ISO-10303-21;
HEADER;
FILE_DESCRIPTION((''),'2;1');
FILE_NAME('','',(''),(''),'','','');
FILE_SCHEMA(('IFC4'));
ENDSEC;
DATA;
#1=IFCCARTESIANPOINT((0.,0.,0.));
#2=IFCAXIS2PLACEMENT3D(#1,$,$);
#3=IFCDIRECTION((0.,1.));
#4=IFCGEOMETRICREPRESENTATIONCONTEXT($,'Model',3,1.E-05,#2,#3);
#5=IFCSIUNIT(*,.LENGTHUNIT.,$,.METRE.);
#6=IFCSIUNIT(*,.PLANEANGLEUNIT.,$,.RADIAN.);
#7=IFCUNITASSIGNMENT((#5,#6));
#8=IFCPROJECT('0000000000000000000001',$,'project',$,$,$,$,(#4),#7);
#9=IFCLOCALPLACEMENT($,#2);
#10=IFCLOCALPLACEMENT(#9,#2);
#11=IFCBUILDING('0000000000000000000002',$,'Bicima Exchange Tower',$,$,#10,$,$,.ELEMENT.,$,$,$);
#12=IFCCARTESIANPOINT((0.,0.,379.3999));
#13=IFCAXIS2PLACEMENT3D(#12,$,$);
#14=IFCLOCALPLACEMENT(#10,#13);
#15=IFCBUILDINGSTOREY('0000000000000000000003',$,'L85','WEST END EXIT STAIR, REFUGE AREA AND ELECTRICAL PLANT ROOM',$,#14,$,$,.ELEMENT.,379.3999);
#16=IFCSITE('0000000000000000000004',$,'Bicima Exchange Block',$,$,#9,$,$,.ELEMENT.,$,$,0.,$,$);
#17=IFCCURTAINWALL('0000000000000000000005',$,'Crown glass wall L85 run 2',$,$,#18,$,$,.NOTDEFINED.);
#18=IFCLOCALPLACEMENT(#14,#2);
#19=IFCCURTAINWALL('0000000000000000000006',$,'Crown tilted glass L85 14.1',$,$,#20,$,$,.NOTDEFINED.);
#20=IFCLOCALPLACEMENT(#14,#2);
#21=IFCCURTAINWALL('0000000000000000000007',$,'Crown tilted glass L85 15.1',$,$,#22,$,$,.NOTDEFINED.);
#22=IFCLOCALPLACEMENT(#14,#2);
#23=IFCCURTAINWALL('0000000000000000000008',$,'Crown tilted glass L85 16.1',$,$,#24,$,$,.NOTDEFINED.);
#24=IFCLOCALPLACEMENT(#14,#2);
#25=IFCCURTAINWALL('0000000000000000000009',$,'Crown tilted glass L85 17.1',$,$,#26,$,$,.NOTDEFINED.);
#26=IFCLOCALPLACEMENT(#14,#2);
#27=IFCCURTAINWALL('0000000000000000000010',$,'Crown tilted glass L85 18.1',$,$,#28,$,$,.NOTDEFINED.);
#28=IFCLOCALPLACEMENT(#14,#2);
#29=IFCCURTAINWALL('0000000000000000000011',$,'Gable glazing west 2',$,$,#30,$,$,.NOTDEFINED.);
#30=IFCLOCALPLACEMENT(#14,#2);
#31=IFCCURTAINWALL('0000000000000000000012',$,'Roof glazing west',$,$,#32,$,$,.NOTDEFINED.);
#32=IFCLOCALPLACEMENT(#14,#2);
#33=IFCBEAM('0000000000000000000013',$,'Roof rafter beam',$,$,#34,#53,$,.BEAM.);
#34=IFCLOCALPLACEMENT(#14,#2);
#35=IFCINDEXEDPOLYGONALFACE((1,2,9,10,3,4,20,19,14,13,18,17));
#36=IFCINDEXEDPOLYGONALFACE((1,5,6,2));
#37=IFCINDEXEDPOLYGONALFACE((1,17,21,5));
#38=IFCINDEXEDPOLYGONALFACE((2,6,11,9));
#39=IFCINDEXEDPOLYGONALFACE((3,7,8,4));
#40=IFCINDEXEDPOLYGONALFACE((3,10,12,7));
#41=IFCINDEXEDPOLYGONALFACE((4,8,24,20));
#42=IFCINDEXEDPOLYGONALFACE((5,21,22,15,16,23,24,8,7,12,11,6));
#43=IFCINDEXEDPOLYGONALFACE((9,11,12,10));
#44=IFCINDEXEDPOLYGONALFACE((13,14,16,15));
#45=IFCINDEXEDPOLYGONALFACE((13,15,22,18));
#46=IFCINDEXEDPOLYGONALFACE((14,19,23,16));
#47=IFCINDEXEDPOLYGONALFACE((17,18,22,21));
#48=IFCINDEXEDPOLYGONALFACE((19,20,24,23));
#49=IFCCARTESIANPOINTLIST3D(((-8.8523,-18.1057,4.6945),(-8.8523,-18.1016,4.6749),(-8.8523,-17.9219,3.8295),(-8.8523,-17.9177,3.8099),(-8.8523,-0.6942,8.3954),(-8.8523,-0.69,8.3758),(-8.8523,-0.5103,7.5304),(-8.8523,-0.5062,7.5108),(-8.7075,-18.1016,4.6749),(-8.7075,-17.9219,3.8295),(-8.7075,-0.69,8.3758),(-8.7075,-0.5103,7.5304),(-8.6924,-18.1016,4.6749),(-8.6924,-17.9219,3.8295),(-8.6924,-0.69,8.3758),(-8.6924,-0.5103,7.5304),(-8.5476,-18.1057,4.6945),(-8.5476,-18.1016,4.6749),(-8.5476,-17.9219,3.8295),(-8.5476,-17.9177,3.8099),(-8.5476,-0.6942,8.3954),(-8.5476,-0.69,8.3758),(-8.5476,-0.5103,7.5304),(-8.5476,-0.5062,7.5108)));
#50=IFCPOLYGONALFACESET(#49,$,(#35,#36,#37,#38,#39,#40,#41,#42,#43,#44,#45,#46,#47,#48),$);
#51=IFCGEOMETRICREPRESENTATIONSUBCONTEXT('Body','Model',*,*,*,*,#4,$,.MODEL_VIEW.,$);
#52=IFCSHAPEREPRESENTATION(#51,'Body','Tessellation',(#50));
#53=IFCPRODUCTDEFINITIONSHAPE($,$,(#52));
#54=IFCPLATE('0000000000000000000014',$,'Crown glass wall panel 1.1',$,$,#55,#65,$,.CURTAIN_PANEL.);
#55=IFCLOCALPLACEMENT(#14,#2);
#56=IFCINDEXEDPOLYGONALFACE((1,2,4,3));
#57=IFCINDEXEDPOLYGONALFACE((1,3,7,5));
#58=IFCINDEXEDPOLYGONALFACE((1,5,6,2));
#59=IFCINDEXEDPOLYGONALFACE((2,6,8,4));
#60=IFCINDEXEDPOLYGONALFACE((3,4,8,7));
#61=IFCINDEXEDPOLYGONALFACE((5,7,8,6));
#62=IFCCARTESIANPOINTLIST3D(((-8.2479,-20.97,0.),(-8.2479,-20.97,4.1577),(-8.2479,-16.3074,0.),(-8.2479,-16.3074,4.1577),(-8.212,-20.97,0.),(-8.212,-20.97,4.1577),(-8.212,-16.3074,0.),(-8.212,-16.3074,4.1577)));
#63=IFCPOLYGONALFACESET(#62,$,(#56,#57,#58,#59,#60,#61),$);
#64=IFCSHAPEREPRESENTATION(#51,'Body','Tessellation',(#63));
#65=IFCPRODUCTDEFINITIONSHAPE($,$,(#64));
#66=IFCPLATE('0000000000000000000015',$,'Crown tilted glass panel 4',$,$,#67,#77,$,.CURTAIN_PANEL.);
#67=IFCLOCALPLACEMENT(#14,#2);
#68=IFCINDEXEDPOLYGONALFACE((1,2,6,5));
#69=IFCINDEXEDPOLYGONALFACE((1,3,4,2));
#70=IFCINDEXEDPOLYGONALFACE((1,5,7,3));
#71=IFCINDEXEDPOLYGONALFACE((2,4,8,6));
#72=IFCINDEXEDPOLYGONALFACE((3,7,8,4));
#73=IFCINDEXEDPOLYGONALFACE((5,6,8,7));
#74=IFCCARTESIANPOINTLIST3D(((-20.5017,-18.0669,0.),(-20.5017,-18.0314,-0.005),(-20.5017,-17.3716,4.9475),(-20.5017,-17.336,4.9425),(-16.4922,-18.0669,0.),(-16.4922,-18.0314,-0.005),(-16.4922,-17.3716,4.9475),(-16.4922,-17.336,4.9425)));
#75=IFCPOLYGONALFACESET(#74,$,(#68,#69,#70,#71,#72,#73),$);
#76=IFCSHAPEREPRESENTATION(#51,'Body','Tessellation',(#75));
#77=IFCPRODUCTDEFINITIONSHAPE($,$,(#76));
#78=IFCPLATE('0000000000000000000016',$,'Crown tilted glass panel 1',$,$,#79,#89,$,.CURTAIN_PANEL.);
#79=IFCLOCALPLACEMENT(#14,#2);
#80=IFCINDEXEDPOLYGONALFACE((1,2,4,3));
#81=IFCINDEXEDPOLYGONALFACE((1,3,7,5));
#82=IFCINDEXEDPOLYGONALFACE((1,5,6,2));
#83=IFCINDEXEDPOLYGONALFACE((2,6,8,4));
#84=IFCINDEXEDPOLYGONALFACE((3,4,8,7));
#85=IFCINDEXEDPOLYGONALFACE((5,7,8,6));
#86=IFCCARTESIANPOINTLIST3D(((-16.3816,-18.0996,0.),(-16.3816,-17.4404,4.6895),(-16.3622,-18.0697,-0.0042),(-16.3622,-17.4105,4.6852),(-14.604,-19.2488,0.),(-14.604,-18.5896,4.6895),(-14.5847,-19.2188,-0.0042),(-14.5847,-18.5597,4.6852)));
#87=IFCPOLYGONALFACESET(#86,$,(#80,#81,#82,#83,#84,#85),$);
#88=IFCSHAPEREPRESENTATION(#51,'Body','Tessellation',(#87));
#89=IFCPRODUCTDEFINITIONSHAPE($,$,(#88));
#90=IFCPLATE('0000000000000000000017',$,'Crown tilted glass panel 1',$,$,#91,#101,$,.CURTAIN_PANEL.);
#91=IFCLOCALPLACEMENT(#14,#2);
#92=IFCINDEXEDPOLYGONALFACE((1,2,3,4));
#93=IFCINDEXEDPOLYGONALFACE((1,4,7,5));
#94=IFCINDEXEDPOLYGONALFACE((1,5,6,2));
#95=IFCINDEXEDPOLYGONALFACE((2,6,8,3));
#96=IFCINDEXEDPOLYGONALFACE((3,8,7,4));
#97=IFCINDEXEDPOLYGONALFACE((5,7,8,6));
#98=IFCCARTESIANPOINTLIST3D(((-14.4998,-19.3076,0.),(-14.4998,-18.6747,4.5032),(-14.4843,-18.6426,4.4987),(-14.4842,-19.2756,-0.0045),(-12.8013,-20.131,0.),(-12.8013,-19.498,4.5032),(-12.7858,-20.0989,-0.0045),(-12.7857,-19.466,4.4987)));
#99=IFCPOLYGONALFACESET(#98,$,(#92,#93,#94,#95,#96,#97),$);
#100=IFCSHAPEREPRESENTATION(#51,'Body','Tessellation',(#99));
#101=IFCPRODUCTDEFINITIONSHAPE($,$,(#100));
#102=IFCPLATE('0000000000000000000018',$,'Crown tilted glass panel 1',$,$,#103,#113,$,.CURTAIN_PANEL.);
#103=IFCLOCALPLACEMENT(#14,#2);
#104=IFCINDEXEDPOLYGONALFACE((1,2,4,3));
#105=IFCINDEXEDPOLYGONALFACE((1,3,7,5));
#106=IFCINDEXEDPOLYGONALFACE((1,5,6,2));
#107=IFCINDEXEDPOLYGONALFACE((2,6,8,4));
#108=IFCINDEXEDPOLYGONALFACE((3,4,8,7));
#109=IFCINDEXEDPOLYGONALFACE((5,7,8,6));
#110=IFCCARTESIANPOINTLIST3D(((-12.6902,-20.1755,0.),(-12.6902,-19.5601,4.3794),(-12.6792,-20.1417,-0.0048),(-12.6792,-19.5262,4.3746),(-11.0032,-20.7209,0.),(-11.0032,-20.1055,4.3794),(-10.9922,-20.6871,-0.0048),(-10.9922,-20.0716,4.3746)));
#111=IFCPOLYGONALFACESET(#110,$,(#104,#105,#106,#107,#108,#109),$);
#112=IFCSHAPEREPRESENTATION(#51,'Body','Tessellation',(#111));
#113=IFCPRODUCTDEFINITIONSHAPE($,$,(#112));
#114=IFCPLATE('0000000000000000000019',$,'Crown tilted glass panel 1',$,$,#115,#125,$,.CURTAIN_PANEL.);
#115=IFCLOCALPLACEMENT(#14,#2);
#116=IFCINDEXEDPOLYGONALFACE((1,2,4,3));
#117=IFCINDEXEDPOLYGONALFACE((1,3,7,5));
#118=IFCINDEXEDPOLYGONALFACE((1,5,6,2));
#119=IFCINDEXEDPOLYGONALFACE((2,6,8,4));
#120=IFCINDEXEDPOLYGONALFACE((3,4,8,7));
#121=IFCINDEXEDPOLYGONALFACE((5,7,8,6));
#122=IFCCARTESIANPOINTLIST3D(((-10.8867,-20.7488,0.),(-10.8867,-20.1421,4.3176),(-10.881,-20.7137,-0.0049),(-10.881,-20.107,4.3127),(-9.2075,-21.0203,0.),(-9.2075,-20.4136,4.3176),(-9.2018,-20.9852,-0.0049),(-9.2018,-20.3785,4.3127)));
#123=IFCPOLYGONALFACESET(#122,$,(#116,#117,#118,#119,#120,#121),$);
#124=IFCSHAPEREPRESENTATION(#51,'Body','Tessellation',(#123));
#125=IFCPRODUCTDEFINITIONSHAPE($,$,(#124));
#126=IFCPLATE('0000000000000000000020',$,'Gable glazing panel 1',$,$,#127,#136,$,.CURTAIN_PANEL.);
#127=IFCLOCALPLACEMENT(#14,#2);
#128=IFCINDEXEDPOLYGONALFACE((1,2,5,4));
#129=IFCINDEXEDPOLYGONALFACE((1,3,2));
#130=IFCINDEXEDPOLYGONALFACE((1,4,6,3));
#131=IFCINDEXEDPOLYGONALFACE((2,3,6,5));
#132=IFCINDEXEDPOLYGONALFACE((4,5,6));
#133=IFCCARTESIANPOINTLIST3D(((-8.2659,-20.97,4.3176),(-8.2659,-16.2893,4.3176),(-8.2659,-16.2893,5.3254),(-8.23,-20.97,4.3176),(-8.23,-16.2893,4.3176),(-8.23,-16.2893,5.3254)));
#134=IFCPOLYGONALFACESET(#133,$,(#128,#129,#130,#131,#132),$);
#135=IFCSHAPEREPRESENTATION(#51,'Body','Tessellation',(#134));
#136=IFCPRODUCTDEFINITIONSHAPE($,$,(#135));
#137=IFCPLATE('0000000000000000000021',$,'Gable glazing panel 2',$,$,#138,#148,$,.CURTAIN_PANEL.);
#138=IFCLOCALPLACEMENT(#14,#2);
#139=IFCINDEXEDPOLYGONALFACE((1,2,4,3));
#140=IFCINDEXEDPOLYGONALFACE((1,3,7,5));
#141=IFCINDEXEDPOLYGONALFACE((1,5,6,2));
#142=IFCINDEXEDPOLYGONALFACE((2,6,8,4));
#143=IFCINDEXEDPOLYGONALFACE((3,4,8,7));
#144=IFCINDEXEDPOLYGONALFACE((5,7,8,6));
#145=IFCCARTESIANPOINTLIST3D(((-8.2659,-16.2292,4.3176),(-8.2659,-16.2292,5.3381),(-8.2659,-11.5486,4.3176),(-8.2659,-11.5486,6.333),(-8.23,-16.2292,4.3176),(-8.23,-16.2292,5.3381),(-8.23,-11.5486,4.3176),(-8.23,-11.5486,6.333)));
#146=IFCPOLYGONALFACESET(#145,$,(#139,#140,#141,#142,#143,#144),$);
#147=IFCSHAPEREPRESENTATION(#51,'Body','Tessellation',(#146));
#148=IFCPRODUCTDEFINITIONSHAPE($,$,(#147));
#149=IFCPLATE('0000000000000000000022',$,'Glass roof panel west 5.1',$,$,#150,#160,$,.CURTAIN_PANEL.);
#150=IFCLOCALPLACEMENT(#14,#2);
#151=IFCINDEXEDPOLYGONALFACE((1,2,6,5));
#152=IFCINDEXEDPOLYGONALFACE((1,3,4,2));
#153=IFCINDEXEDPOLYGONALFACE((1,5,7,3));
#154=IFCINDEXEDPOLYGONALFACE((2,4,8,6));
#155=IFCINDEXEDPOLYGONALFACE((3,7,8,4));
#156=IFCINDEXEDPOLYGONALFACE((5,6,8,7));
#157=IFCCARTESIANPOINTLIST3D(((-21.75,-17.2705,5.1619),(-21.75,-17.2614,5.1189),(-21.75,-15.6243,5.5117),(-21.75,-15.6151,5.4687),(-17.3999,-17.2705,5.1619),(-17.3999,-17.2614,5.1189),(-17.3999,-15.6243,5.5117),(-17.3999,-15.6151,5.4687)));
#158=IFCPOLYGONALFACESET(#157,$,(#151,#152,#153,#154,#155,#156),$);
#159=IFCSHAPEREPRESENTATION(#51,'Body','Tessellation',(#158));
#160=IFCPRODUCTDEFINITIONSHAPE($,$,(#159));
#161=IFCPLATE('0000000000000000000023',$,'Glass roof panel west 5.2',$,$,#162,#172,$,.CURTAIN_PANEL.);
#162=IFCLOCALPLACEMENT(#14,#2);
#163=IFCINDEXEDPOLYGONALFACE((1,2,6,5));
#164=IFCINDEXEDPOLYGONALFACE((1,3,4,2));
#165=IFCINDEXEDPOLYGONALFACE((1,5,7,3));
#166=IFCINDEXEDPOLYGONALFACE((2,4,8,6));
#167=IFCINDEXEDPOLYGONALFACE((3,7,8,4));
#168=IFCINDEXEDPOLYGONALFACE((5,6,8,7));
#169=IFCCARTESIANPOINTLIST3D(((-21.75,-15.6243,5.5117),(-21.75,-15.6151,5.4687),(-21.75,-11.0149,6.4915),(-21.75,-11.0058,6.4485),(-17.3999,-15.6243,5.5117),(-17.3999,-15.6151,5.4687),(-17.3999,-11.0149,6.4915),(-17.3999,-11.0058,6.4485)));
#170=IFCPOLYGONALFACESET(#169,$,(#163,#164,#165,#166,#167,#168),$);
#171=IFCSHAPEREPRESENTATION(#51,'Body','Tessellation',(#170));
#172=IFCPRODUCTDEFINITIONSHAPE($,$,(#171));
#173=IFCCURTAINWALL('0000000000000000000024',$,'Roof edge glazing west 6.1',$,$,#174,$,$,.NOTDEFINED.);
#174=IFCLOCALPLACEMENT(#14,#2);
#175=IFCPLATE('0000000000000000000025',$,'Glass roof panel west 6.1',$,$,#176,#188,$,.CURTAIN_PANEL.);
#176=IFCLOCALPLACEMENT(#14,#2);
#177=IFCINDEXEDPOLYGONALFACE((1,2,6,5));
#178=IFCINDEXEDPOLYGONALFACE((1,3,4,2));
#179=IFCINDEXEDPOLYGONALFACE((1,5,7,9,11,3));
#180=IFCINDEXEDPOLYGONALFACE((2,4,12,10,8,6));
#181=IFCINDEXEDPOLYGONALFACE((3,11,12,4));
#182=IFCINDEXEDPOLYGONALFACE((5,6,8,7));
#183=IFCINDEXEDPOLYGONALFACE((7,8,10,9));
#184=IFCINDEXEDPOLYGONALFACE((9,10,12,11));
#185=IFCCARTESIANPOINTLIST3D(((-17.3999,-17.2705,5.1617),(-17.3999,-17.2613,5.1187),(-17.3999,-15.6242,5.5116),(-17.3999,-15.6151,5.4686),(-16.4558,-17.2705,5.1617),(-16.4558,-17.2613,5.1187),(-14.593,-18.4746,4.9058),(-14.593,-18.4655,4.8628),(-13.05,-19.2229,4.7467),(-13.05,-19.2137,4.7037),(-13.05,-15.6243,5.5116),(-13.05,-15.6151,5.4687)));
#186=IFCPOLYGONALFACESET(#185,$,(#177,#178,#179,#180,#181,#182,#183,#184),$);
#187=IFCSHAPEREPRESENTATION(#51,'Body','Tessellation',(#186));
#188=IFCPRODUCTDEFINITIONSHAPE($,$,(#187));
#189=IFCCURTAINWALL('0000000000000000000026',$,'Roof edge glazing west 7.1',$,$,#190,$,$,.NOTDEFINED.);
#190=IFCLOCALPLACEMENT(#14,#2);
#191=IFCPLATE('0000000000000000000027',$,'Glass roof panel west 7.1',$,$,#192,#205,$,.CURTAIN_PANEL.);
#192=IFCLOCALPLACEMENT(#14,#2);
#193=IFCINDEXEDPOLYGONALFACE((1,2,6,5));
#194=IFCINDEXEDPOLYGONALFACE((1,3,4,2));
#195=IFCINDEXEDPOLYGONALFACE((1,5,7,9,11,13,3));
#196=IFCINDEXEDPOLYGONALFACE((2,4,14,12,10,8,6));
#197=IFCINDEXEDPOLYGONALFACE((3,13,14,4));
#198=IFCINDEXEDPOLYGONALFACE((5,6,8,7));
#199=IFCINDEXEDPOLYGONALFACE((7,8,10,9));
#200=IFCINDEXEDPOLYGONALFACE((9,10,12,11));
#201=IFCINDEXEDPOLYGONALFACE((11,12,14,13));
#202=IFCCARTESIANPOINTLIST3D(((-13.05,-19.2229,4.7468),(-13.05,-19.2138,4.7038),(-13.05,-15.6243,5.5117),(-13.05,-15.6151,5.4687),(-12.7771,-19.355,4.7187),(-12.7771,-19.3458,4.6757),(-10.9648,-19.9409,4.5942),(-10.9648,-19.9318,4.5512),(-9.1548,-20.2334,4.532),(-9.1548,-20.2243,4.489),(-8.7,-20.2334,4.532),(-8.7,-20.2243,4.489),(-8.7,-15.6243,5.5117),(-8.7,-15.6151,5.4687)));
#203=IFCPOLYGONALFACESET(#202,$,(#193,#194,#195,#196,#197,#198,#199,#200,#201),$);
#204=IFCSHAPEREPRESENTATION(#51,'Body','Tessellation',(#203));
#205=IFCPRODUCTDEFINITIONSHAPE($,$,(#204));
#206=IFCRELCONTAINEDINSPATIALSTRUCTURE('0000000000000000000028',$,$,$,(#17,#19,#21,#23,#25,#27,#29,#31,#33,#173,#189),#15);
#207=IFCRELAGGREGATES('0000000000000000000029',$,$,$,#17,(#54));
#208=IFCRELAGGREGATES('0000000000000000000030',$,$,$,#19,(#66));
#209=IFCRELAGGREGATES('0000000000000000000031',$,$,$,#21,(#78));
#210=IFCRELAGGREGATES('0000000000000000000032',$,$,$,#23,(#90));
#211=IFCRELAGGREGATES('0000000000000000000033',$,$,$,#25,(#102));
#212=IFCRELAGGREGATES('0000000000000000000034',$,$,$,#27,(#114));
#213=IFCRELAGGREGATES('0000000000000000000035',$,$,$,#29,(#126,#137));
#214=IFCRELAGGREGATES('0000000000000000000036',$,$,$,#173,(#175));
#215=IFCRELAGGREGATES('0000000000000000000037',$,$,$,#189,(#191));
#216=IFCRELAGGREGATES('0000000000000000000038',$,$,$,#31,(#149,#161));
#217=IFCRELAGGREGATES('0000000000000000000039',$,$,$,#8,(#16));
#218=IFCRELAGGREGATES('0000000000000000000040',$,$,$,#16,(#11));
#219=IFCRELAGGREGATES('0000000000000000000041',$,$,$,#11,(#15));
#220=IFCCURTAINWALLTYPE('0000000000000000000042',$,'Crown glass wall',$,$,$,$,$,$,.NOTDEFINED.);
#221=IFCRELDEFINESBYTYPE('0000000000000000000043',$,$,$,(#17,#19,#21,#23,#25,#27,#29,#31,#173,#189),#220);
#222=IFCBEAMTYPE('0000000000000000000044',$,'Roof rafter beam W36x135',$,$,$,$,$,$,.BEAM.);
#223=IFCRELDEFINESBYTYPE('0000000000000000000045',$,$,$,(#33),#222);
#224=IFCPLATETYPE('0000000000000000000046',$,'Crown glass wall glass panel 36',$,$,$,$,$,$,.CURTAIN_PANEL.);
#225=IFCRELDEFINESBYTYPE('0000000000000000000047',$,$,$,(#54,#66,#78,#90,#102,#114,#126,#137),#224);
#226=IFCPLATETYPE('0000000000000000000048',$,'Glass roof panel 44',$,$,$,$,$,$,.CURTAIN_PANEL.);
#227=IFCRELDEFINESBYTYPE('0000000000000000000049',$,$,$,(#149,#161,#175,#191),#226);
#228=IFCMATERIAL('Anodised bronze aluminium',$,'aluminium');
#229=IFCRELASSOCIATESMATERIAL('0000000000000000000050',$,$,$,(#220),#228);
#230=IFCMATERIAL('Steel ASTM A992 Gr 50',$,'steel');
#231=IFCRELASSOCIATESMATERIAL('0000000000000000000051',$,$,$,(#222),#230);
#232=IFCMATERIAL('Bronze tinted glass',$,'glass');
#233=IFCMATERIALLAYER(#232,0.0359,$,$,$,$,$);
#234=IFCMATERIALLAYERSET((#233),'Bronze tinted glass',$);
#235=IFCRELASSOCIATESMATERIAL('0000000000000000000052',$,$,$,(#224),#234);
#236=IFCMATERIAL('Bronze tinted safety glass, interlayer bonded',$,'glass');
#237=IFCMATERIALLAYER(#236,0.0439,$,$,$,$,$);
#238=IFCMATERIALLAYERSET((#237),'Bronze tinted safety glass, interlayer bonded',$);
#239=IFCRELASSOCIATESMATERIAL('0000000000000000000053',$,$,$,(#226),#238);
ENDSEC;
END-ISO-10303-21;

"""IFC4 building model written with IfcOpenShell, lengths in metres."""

from ifc_helpers import new_model, si_unit, direction, frame, origin, origin_2d, place, context, subcontext, project, spatial, polyline, rectangle, i_section, outline, extrude, material, layer, layer_set, material_profile, profile_set, type_object, element, aggregate, save


model = new_model("IFC4")

# Units and contexts
model_context = context("Model", 3, precision=1e-05, world=origin(), true_north=direction((0.0, 1.0)))
body_context = subcontext(model_context, "Body", "Model", "MODEL_VIEW")
ifc_project = project(units=[si_unit("LENGTHUNIT", "METRE"), si_unit("PLANEANGLEUNIT", "RADIAN")], contexts=[model_context])

# Site, building, storey
site_placement = place(None, origin())
site = spatial("IfcSite", under=ifc_project, at=site_placement, Name="Bicima Exchange Block", CompositionType="ELEMENT", RefElevation=0.0)
building_placement = place(site_placement, origin())
building = spatial("IfcBuilding", under=site, at=building_placement, Name="Bicima Exchange Tower", CompositionType="ELEMENT")
storey_placement = place(building_placement, frame((0.0, 0.0, 379.3999)))
storey = spatial("IfcBuildingStorey", under=building, at=storey_placement, Name="L85", Description="WEST END EXIT STAIR, REFUGE AREA AND ELECTRICAL PLANT ROOM", CompositionType="ELEMENT", Elevation=379.3999)

# Shared definitions
ifc_material_1 = material(Name="Steel ASTM A992 Gr 50", Category="steel")

# Curtain walls
ifc_material_2 = material(Name="Anodised bronze aluminium", Category="aluminium")
curtain_wall_type = type_object("IfcCurtainWallType", Name="Crown glass wall", PredefinedType="NOTDEFINED", material=ifc_material_2)
curtain_wall_1_placement = place(storey_placement, origin())
curtain_wall_1 = element("IfcCurtainWall", 1, at=curtain_wall_1_placement, inside=storey, type_object=curtain_wall_type, Name="Crown glass wall L85 run 2", PredefinedType="NOTDEFINED")
curtain_wall_2_placement = place(storey_placement, origin())
curtain_wall_2 = element("IfcCurtainWall", 2, at=curtain_wall_2_placement, inside=storey, type_object=curtain_wall_type, Name="Crown tilted glass L85 14.1", PredefinedType="NOTDEFINED")
curtain_wall_3_placement = place(storey_placement, origin())
curtain_wall_3 = element("IfcCurtainWall", 3, at=curtain_wall_3_placement, inside=storey, type_object=curtain_wall_type, Name="Crown tilted glass L85 15.1", PredefinedType="NOTDEFINED")
curtain_wall_4_placement = place(storey_placement, origin())
curtain_wall_4 = element("IfcCurtainWall", 4, at=curtain_wall_4_placement, inside=storey, type_object=curtain_wall_type, Name="Crown tilted glass L85 16.1", PredefinedType="NOTDEFINED")
curtain_wall_5_placement = place(storey_placement, origin())
curtain_wall_5 = element("IfcCurtainWall", 5, at=curtain_wall_5_placement, inside=storey, type_object=curtain_wall_type, Name="Crown tilted glass L85 17.1", PredefinedType="NOTDEFINED")
curtain_wall_6_placement = place(storey_placement, origin())
curtain_wall_6 = element("IfcCurtainWall", 6, at=curtain_wall_6_placement, inside=storey, type_object=curtain_wall_type, Name="Crown tilted glass L85 18.1", PredefinedType="NOTDEFINED")

# Curtain wall
curtain_wall_7_placement = place(storey_placement, origin())
curtain_wall_7 = element("IfcCurtainWall", 7, at=curtain_wall_7_placement, inside=storey, type_object=curtain_wall_type, Name="Gable glazing west 2", PredefinedType="NOTDEFINED")

# Curtain wall
curtain_wall_8_placement = place(storey_placement, origin())
curtain_wall_8 = element("IfcCurtainWall", 8, at=curtain_wall_8_placement, inside=storey, type_object=curtain_wall_type, Name="Roof glazing west", PredefinedType="NOTDEFINED")

# Beam
ifc_material_profile_1 = material_profile(ifc_material_1, i_section(OverallWidth=0.3047, OverallDepth=0.9043, WebThickness=0.0151, FlangeThickness=0.02, at=origin_2d()))
ifc_profile_set_1 = profile_set([ifc_material_profile_1], Name="Steel ASTM A992 Gr 50")
beam_type_1 = type_object("IfcBeamType", Name="Roof rafter beam W36x135", PredefinedType="BEAM", material=ifc_profile_set_1)
beam_1_placement = place(storey_placement, frame((-8.7, -18.0117, 4.2522), z_axis=(0.0, 0.978148, 0.20791), x_axis=(-1.0, 0.0, 0.0)))
element("IfcBeam", 9, at=beam_1_placement, inside=storey, type_object=beam_type_1, Name="Roof rafter beam", PredefinedType="BEAM", context=body_context, shape_type="SweptSolid", body=[
    extrude(i_section(OverallWidth=0.3047, OverallDepth=0.9043, WebThickness=0.0151, FlangeThickness=0.02, at=origin_2d()), origin(), (0.0, 0.0, 1.0), 17.8005),
])

# Plates
ifc_material_3 = material(Name="Bronze tinted glass", Category="glass")
ifc_layer_1 = layer(ifc_material_3, 0.0359)
ifc_layer_set_1 = layer_set([ifc_layer_1], Name="Bronze tinted glass")
plate_type_1 = type_object("IfcPlateType", Name="Crown glass wall glass panel 36", PredefinedType="CURTAIN_PANEL", material=ifc_layer_set_1)
plate_1_placement = place(storey_placement, frame((-8.23, -18.6387, 0.0), z_axis=(0.0, 0.0, 1.0), x_axis=(0.0, 1.0, 0.0)))
plate_1 = element("IfcPlate", 10, at=plate_1_placement, type_object=plate_type_1, Name="Crown glass wall panel 1.1", PredefinedType="CURTAIN_PANEL", context=body_context, shape_type="SweptSolid", body=[
    extrude(rectangle(XDim=4.6626, YDim=0.0359, at=origin_2d()), origin(), (0.0, 0.0, 1.0), 4.1577),
])
aggregate(curtain_wall_1, [plate_1])
plate_2_placement = place(storey_placement, frame((-20.5017, -18.0669, 0.0), z_axis=(0.0, -0.990268, 0.13917), x_axis=(1.0, 0.0, 0.0)))
plate_2 = element("IfcPlate", 11, at=plate_2_placement, type_object=plate_type_1, Name="Crown tilted glass panel 4", PredefinedType="CURTAIN_PANEL", context=body_context, shape_type="SweptSolid", body=[
    extrude(outline(polyline([(0.0, 0.0), (4.0095, 0.0), (4.0095, 4.9961), (0.0, 4.9961), (0.0, 0.0)])), origin(), (0.0, 0.0, -1.0), 0.0359),
])
aggregate(curtain_wall_2, [plate_2])
plate_3_placement = place(storey_placement, frame((-16.3816, -18.0996, 0.0), z_axis=(-0.539163, -0.834002, 0.117233), x_axis=(0.839793, -0.542907, 0.0)))
plate_3 = element("IfcPlate", 12, at=plate_3_placement, type_object=plate_type_1, Name="Crown tilted glass panel 1", PredefinedType="CURTAIN_PANEL", context=body_context, shape_type="SweptSolid", body=[
    extrude(outline(polyline([(0.0, 0.0), (2.1167, 0.0), (1.7588, 4.722), (-0.3579, 4.722), (0.0, 0.0)])), origin(), (0.0, 0.0, -1.0), 0.0359),
])
aggregate(curtain_wall_3, [plate_3])
plate_4_placement = place(storey_placement, frame((-14.4998, -19.3076, 0.0), z_axis=(-0.432764, -0.892732, 0.125476), x_axis=(0.899845, -0.436211, 0.000007)))
plate_4 = element("IfcPlate", 13, at=plate_4_placement, type_object=plate_type_1, Name="Crown tilted glass panel 1", PredefinedType="CURTAIN_PANEL", context=body_context, shape_type="SweptSolid", body=[
    extrude(outline(polyline([(0.0, 0.0), (1.8875, 0.0), (1.6115, 4.539), (-0.2761, 4.5391), (0.0, 0.0)])), origin(), (0.0, 0.0, -1.0), 0.0359),
])
aggregate(curtain_wall_4, [plate_4])
plate_5_placement = place(storey_placement, frame((-12.6902, -20.1755, 0.0), z_axis=(-0.304908, -0.943113, 0.132545), x_axis=(0.951509, -0.307622, 0.0)))
plate_5 = element("IfcPlate", 14, at=plate_5_placement, type_object=plate_type_1, Name="Crown tilted glass panel 1", PredefinedType="CURTAIN_PANEL", context=body_context, shape_type="SweptSolid", body=[
    extrude(outline(polyline([(0.0, 0.0), (1.773, 0.0), (1.5837, 4.4184), (-0.1893, 4.4184), (0.0, 0.0)])), origin(), (0.0, 0.0, -1.0), 0.0359),
])
aggregate(curtain_wall_5, [plate_5])
plate_6_placement = place(storey_placement, frame((-10.8867, -20.7488, 0.0), z_axis=(-0.158089, -0.977819, 0.137398), x_axis=(0.987181, -0.159602, 0.0)))
plate_6 = element("IfcPlate", 15, at=plate_6_placement, type_object=plate_type_1, Name="Crown tilted glass panel 1", PredefinedType="CURTAIN_PANEL", context=body_context, shape_type="SweptSolid", body=[
    extrude(outline(polyline([(0.0, 0.0), (1.701, 0.0), (1.6042, 4.359), (-0.0968, 4.359), (0.0, 0.0)])), origin(), (0.0, 0.0, -1.0), 0.0359),
])
aggregate(curtain_wall_6, [plate_6])
plate_7_placement = place(storey_placement, frame((-8.23, -20.97, 4.3176), z_axis=(1.0, 0.0, 0.0), x_axis=(0.0, 1.0, 0.0)))
plate_7 = element("IfcPlate", 16, at=plate_7_placement, type_object=plate_type_1, Name="Gable glazing panel 1", PredefinedType="CURTAIN_PANEL", context=body_context, shape_type="SweptSolid", body=[
    extrude(outline(polyline([(0.0, 0.0), (4.6807, 0.0), (4.6807, 1.0078), (0.0, 0.0)])), origin(), (0.0, 0.0, -1.0), 0.0359),
])
plate_8_placement = place(storey_placement, frame((-8.23, -16.2292, 4.3176), z_axis=(1.0, 0.0, 0.0), x_axis=(0.0, 1.0, 0.0)))
plate_8 = element("IfcPlate", 17, at=plate_8_placement, type_object=plate_type_1, Name="Gable glazing panel 2", PredefinedType="CURTAIN_PANEL", context=body_context, shape_type="SweptSolid", body=[
    extrude(outline(polyline([(0.0, 0.0), (4.6807, 0.0), (4.6807, 2.0154), (0.0, 1.0205), (0.0, 0.0)])), origin(), (0.0, 0.0, -1.0), 0.0359),
])
aggregate(curtain_wall_7, [plate_7, plate_8])
ifc_material_4 = material(Name="Bronze tinted safety glass, interlayer bonded", Category="glass")
ifc_layer_2 = layer(ifc_material_4, 0.0439)
ifc_layer_set_2 = layer_set([ifc_layer_2], Name="Bronze tinted safety glass, interlayer bonded")
plate_type_2 = type_object("IfcPlateType", Name="Glass roof panel 44", PredefinedType="CURTAIN_PANEL", material=ifc_layer_set_2)
plate_9_placement = place(storey_placement, frame((-21.75, -17.2705, 5.1619), z_axis=(0.0, -0.207874, 0.978156), x_axis=(0.0, 0.978156, 0.207874)))
plate_9 = element("IfcPlate", 18, at=plate_9_placement, type_object=plate_type_2, Name="Glass roof panel west 5.1", PredefinedType="CURTAIN_PANEL", context=body_context, shape_type="SweptSolid", body=[
    extrude(outline(polyline([(0.0, 0.0), (1.683, 0.0), (1.683, -4.3501), (0.0, -4.3501), (0.0, 0.0)])), origin(), (0.0, 0.0, -1.0), 0.0439),
])
plate_10_placement = place(storey_placement, frame((-21.75, -15.6243, 5.5117), z_axis=(0.0, -0.207908, 0.978148), x_axis=(0.0, 0.978148, 0.207908)))
plate_10 = element("IfcPlate", 19, at=plate_10_placement, type_object=plate_type_2, Name="Glass roof panel west 5.2", PredefinedType="CURTAIN_PANEL", context=body_context, shape_type="SweptSolid", body=[
    extrude(outline(polyline([(0.0, 0.0), (4.7123, 0.0), (4.7123, -4.3501), (0.0, -4.3501), (0.0, 0.0)])), origin(), (0.0, 0.0, -1.0), 0.0439),
])

# Curtain walls, plates
curtain_wall_9_placement = place(storey_placement, origin())
curtain_wall_9 = element("IfcCurtainWall", 20, at=curtain_wall_9_placement, inside=storey, type_object=curtain_wall_type, Name="Roof edge glazing west 6.1", PredefinedType="NOTDEFINED")
plate_11_placement = place(storey_placement, frame((-14.593, -18.4746, 4.9058), z_axis=(-0.000003, -0.207914, 0.978147), x_axis=(-0.834281, 0.539291, 0.114629)))
plate_11 = element("IfcPlate", 21, at=plate_11_placement, type_object=plate_type_2, Name="Glass roof panel west 6.1", PredefinedType="CURTAIN_PANEL", context=body_context, shape_type="SweptSolid", body=[
    extrude(outline(polyline([(0.0, 0.0), (2.2328, 0.0), (3.0204, 0.5205), (3.9484, -0.8836), (0.3194, -3.2818), (-1.709, -0.2125), (0.0, 0.0)])), origin(), (0.0, 0.0, -1.0), 0.0439),
])
aggregate(curtain_wall_9, [plate_11])
curtain_wall_10_placement = place(storey_placement, origin())
curtain_wall_10 = element("IfcCurtainWall", 22, at=curtain_wall_10_placement, inside=storey, type_object=curtain_wall_type, Name="Roof edge glazing west 7.1", PredefinedType="NOTDEFINED")
plate_12_placement = place(storey_placement, frame((-9.1548, -20.2334, 4.532), z_axis=(0.000008, -0.207908, 0.978148), x_axis=(-0.986627, 0.159433, 0.033896)))
plate_12 = element("IfcPlate", 23, at=plate_12_placement, type_object=plate_type_2, Name="Glass roof panel west 7.1", PredefinedType="CURTAIN_PANEL", context=body_context, shape_type="SweptSolid", body=[
    extrude(outline(polyline([(0.0, 0.0), (1.8346, 0.0), (3.7203, -0.2956), (4.0116, -0.3844), (4.6112, -4.0142), (0.3193, -4.7232), (-0.4488, -0.0741), (0.0, 0.0)])), origin(), (0.0, 0.0, -1.0), 0.0439),
])
aggregate(curtain_wall_10, [plate_12])

aggregate(curtain_wall_8, [plate_9, plate_10])

save(model, "model.ifc")
